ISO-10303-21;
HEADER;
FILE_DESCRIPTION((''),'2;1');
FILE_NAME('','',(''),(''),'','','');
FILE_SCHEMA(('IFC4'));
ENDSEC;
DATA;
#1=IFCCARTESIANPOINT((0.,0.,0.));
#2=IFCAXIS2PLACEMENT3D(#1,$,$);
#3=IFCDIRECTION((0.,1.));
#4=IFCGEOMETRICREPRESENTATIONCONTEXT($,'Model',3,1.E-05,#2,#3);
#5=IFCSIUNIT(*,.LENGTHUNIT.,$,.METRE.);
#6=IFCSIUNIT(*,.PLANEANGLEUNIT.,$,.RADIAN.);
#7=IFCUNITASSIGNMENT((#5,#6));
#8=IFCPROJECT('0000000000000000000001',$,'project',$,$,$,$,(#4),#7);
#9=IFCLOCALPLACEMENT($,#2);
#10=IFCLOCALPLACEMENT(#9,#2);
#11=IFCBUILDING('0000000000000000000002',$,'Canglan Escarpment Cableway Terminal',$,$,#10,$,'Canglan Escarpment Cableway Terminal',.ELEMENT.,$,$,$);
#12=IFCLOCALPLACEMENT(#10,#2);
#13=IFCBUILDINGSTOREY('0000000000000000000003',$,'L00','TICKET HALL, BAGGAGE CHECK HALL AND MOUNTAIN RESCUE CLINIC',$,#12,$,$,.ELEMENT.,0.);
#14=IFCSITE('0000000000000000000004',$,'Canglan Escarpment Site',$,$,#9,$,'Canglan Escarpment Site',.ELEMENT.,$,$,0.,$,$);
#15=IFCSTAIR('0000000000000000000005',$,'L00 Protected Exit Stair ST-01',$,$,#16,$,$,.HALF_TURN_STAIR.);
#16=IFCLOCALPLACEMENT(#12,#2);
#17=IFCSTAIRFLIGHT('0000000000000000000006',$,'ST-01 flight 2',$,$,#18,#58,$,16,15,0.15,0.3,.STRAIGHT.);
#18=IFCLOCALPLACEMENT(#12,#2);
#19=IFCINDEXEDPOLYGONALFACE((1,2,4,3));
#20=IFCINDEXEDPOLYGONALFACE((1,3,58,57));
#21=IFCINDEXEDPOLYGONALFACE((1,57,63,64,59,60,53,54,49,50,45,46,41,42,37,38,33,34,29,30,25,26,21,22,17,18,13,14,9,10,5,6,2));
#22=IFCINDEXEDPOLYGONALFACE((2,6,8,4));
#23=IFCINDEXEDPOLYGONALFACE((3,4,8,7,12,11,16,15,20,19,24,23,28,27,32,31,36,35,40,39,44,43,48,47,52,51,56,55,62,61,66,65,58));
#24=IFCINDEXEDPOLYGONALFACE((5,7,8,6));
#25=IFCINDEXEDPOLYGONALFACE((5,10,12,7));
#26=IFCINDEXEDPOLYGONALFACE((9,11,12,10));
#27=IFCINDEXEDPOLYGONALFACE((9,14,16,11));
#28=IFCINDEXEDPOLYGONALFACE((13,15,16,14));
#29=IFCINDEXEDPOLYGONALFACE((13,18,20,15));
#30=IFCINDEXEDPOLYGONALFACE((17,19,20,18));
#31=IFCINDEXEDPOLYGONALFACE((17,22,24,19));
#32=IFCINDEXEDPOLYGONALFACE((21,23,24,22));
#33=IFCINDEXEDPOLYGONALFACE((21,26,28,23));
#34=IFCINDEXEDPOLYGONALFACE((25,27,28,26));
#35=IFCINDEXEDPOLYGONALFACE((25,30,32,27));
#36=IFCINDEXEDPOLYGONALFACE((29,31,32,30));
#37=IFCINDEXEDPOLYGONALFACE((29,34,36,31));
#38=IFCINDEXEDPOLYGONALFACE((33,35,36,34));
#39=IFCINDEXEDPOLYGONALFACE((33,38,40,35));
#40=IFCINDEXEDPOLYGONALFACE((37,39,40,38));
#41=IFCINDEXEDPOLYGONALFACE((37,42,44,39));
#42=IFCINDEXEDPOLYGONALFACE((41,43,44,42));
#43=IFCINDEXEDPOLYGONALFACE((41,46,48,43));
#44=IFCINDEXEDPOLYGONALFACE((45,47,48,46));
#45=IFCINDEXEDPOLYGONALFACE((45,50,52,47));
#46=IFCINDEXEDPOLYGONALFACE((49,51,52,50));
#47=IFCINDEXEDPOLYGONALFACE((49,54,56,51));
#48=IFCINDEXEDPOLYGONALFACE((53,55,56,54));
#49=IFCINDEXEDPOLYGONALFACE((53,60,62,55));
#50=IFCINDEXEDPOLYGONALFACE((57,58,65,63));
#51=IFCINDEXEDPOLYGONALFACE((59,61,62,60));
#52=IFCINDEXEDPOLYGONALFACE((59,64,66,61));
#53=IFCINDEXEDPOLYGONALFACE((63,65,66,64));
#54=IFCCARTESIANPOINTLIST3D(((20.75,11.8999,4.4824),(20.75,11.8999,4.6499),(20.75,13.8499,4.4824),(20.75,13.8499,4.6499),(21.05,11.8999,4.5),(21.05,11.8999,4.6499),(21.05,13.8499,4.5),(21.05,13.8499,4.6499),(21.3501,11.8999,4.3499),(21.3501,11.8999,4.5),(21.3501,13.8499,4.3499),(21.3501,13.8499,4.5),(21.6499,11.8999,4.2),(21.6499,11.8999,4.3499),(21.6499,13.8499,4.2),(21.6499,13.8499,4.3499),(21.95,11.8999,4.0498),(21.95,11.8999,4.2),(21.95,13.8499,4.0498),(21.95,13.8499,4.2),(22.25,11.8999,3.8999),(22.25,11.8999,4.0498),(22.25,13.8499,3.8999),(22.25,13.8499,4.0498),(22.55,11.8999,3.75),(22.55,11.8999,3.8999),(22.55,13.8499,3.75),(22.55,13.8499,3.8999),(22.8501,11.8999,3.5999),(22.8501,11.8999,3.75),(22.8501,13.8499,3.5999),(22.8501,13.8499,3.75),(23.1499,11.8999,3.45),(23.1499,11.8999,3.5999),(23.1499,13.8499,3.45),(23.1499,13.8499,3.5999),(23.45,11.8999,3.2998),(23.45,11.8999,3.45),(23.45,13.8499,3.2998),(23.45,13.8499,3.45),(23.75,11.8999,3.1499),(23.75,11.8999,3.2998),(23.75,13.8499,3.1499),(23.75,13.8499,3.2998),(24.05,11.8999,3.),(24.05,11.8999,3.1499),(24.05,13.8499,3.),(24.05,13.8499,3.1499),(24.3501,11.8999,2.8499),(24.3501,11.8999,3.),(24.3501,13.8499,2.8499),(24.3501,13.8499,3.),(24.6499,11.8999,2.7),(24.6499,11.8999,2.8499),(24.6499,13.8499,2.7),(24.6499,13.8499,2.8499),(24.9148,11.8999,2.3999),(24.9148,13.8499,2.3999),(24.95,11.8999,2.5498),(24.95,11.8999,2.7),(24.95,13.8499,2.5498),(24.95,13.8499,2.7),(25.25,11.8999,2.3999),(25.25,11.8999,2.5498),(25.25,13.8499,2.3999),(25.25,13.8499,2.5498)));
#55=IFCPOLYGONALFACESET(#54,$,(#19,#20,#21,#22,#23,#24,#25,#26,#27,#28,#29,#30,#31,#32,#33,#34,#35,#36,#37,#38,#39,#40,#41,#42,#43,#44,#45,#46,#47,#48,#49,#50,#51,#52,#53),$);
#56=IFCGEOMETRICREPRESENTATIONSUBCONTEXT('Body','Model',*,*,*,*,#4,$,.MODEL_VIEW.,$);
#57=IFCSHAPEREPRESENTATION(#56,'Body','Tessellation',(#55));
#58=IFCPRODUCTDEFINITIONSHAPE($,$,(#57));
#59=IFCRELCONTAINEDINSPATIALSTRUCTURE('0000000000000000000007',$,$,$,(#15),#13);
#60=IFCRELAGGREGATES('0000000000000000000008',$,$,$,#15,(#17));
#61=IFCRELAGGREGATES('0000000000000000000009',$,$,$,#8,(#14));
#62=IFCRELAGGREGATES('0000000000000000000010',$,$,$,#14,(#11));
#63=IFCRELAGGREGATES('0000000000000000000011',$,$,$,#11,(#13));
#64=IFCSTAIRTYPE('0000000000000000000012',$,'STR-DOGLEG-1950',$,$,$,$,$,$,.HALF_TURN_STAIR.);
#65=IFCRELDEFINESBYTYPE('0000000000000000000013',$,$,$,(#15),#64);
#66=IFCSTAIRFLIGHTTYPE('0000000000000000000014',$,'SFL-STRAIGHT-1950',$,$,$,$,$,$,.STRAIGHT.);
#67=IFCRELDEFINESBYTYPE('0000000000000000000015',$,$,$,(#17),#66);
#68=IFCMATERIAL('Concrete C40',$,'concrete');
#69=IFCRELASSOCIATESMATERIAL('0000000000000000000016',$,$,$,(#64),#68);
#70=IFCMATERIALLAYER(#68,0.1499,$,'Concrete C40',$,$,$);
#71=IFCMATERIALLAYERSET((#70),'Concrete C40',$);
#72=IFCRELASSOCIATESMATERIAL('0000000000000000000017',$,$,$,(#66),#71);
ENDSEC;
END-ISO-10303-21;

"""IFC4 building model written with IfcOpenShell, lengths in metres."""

from ifc_helpers import new_model, si_unit, direction, frame, origin, place, context, subcontext, project, spatial, polyline, outline, extrude, material, layer, layer_set, type_object, element, aggregate, save


model = new_model("IFC4")

# Units and contexts
model_context = context("Model", 3, precision=1e-05, world=origin(), true_north=direction((0.0, 1.0)))
body_context = subcontext(model_context, "Body", "Model", "MODEL_VIEW")
ifc_project = project(units=[si_unit("LENGTHUNIT", "METRE"), si_unit("PLANEANGLEUNIT", "RADIAN")], contexts=[model_context])

# Site, building, storey
site_placement = place(None, origin())
site = spatial("IfcSite", under=ifc_project, at=site_placement, Name="Canglan Escarpment Site", LongName="Canglan Escarpment Site", CompositionType="ELEMENT", RefElevation=0.0)
building_placement = place(site_placement, origin())
building = spatial("IfcBuilding", under=site, at=building_placement, Name="Canglan Escarpment Cableway Terminal", LongName="Canglan Escarpment Cableway Terminal", CompositionType="ELEMENT")
storey_placement = place(building_placement, origin())
storey = spatial("IfcBuildingStorey", under=building, at=storey_placement, Name="L00", Description="TICKET HALL, BAGGAGE CHECK HALL AND MOUNTAIN RESCUE CLINIC", CompositionType="ELEMENT", Elevation=0.0)

# Shared definitions
ifc_material_1 = material(Name="Concrete C40", Category="concrete")

# Stair, stair flight
stair_type = type_object("IfcStairType", Name="STR-DOGLEG-1950", PredefinedType="HALF_TURN_STAIR", material=ifc_material_1)
stair_placement = place(storey_placement, origin())
stair = element("IfcStair", 1, at=stair_placement, inside=storey, type_object=stair_type, Name="L00 Protected Exit Stair ST-01", PredefinedType="HALF_TURN_STAIR")
ifc_layer_1 = layer(ifc_material_1, 0.1499, Name="Concrete C40")
ifc_layer_set_1 = layer_set([ifc_layer_1], Name="Concrete C40")
stair_flight_type = type_object("IfcStairFlightType", Name="SFL-STRAIGHT-1950", PredefinedType="STRAIGHT", material=ifc_layer_set_1)
stair_flight_1_placement = place(storey_placement, frame((25.25, 12.875, 2.3999), z_axis=(0.0, 0.0, 1.0), x_axis=(-1.0, 0.0, 0.0)))
stair_flight_1 = element("IfcStairFlight", 2, at=stair_flight_1_placement, type_object=stair_flight_type, Name="ST-01 flight 2", NumberOfRisers=16, NumberOfTreads=15, PredefinedType="STRAIGHT", RiserHeight=0.15, TreadLength=0.3, context=body_context, shape_type="SweptSolid", body=[
    extrude(outline(polyline([(0.0, 0.0), (0.0, 0.1499), (0.3, 0.1499), (0.3, 0.3), (0.6001, 0.3), (0.6001, 0.45), (0.8999, 0.45), (0.8999, 0.6001), (1.2, 0.6001), (1.2, 0.75), (1.5, 0.75), (1.5, 0.8999), (1.8, 0.8999), (1.8, 1.05), (2.1001, 1.05), (2.1001, 1.2), (2.3999, 1.2), (2.3999, 1.3501), (2.7, 1.3501), (2.7, 1.5), (3.0, 1.5), (3.0, 1.6499), (3.3, 1.6499), (3.3, 1.8), (3.6001, 1.8), (3.6001, 1.95), (3.8999, 1.95), (3.8999, 2.1001), (4.2, 2.1001), (4.2, 2.25), (4.5, 2.25), (4.5, 2.3999), (4.5, 2.0825), (0.3352, 0.0), (0.0, 0.0)])), frame((0.0, 0.9751, 0.0), z_axis=(0.0, -1.0, 0.0), x_axis=(1.0, 0.0, 0.0)), (0.0, 0.0, 1.0), 1.95),
])
aggregate(stair, [stair_flight_1])

save(model, "model.ifc")
